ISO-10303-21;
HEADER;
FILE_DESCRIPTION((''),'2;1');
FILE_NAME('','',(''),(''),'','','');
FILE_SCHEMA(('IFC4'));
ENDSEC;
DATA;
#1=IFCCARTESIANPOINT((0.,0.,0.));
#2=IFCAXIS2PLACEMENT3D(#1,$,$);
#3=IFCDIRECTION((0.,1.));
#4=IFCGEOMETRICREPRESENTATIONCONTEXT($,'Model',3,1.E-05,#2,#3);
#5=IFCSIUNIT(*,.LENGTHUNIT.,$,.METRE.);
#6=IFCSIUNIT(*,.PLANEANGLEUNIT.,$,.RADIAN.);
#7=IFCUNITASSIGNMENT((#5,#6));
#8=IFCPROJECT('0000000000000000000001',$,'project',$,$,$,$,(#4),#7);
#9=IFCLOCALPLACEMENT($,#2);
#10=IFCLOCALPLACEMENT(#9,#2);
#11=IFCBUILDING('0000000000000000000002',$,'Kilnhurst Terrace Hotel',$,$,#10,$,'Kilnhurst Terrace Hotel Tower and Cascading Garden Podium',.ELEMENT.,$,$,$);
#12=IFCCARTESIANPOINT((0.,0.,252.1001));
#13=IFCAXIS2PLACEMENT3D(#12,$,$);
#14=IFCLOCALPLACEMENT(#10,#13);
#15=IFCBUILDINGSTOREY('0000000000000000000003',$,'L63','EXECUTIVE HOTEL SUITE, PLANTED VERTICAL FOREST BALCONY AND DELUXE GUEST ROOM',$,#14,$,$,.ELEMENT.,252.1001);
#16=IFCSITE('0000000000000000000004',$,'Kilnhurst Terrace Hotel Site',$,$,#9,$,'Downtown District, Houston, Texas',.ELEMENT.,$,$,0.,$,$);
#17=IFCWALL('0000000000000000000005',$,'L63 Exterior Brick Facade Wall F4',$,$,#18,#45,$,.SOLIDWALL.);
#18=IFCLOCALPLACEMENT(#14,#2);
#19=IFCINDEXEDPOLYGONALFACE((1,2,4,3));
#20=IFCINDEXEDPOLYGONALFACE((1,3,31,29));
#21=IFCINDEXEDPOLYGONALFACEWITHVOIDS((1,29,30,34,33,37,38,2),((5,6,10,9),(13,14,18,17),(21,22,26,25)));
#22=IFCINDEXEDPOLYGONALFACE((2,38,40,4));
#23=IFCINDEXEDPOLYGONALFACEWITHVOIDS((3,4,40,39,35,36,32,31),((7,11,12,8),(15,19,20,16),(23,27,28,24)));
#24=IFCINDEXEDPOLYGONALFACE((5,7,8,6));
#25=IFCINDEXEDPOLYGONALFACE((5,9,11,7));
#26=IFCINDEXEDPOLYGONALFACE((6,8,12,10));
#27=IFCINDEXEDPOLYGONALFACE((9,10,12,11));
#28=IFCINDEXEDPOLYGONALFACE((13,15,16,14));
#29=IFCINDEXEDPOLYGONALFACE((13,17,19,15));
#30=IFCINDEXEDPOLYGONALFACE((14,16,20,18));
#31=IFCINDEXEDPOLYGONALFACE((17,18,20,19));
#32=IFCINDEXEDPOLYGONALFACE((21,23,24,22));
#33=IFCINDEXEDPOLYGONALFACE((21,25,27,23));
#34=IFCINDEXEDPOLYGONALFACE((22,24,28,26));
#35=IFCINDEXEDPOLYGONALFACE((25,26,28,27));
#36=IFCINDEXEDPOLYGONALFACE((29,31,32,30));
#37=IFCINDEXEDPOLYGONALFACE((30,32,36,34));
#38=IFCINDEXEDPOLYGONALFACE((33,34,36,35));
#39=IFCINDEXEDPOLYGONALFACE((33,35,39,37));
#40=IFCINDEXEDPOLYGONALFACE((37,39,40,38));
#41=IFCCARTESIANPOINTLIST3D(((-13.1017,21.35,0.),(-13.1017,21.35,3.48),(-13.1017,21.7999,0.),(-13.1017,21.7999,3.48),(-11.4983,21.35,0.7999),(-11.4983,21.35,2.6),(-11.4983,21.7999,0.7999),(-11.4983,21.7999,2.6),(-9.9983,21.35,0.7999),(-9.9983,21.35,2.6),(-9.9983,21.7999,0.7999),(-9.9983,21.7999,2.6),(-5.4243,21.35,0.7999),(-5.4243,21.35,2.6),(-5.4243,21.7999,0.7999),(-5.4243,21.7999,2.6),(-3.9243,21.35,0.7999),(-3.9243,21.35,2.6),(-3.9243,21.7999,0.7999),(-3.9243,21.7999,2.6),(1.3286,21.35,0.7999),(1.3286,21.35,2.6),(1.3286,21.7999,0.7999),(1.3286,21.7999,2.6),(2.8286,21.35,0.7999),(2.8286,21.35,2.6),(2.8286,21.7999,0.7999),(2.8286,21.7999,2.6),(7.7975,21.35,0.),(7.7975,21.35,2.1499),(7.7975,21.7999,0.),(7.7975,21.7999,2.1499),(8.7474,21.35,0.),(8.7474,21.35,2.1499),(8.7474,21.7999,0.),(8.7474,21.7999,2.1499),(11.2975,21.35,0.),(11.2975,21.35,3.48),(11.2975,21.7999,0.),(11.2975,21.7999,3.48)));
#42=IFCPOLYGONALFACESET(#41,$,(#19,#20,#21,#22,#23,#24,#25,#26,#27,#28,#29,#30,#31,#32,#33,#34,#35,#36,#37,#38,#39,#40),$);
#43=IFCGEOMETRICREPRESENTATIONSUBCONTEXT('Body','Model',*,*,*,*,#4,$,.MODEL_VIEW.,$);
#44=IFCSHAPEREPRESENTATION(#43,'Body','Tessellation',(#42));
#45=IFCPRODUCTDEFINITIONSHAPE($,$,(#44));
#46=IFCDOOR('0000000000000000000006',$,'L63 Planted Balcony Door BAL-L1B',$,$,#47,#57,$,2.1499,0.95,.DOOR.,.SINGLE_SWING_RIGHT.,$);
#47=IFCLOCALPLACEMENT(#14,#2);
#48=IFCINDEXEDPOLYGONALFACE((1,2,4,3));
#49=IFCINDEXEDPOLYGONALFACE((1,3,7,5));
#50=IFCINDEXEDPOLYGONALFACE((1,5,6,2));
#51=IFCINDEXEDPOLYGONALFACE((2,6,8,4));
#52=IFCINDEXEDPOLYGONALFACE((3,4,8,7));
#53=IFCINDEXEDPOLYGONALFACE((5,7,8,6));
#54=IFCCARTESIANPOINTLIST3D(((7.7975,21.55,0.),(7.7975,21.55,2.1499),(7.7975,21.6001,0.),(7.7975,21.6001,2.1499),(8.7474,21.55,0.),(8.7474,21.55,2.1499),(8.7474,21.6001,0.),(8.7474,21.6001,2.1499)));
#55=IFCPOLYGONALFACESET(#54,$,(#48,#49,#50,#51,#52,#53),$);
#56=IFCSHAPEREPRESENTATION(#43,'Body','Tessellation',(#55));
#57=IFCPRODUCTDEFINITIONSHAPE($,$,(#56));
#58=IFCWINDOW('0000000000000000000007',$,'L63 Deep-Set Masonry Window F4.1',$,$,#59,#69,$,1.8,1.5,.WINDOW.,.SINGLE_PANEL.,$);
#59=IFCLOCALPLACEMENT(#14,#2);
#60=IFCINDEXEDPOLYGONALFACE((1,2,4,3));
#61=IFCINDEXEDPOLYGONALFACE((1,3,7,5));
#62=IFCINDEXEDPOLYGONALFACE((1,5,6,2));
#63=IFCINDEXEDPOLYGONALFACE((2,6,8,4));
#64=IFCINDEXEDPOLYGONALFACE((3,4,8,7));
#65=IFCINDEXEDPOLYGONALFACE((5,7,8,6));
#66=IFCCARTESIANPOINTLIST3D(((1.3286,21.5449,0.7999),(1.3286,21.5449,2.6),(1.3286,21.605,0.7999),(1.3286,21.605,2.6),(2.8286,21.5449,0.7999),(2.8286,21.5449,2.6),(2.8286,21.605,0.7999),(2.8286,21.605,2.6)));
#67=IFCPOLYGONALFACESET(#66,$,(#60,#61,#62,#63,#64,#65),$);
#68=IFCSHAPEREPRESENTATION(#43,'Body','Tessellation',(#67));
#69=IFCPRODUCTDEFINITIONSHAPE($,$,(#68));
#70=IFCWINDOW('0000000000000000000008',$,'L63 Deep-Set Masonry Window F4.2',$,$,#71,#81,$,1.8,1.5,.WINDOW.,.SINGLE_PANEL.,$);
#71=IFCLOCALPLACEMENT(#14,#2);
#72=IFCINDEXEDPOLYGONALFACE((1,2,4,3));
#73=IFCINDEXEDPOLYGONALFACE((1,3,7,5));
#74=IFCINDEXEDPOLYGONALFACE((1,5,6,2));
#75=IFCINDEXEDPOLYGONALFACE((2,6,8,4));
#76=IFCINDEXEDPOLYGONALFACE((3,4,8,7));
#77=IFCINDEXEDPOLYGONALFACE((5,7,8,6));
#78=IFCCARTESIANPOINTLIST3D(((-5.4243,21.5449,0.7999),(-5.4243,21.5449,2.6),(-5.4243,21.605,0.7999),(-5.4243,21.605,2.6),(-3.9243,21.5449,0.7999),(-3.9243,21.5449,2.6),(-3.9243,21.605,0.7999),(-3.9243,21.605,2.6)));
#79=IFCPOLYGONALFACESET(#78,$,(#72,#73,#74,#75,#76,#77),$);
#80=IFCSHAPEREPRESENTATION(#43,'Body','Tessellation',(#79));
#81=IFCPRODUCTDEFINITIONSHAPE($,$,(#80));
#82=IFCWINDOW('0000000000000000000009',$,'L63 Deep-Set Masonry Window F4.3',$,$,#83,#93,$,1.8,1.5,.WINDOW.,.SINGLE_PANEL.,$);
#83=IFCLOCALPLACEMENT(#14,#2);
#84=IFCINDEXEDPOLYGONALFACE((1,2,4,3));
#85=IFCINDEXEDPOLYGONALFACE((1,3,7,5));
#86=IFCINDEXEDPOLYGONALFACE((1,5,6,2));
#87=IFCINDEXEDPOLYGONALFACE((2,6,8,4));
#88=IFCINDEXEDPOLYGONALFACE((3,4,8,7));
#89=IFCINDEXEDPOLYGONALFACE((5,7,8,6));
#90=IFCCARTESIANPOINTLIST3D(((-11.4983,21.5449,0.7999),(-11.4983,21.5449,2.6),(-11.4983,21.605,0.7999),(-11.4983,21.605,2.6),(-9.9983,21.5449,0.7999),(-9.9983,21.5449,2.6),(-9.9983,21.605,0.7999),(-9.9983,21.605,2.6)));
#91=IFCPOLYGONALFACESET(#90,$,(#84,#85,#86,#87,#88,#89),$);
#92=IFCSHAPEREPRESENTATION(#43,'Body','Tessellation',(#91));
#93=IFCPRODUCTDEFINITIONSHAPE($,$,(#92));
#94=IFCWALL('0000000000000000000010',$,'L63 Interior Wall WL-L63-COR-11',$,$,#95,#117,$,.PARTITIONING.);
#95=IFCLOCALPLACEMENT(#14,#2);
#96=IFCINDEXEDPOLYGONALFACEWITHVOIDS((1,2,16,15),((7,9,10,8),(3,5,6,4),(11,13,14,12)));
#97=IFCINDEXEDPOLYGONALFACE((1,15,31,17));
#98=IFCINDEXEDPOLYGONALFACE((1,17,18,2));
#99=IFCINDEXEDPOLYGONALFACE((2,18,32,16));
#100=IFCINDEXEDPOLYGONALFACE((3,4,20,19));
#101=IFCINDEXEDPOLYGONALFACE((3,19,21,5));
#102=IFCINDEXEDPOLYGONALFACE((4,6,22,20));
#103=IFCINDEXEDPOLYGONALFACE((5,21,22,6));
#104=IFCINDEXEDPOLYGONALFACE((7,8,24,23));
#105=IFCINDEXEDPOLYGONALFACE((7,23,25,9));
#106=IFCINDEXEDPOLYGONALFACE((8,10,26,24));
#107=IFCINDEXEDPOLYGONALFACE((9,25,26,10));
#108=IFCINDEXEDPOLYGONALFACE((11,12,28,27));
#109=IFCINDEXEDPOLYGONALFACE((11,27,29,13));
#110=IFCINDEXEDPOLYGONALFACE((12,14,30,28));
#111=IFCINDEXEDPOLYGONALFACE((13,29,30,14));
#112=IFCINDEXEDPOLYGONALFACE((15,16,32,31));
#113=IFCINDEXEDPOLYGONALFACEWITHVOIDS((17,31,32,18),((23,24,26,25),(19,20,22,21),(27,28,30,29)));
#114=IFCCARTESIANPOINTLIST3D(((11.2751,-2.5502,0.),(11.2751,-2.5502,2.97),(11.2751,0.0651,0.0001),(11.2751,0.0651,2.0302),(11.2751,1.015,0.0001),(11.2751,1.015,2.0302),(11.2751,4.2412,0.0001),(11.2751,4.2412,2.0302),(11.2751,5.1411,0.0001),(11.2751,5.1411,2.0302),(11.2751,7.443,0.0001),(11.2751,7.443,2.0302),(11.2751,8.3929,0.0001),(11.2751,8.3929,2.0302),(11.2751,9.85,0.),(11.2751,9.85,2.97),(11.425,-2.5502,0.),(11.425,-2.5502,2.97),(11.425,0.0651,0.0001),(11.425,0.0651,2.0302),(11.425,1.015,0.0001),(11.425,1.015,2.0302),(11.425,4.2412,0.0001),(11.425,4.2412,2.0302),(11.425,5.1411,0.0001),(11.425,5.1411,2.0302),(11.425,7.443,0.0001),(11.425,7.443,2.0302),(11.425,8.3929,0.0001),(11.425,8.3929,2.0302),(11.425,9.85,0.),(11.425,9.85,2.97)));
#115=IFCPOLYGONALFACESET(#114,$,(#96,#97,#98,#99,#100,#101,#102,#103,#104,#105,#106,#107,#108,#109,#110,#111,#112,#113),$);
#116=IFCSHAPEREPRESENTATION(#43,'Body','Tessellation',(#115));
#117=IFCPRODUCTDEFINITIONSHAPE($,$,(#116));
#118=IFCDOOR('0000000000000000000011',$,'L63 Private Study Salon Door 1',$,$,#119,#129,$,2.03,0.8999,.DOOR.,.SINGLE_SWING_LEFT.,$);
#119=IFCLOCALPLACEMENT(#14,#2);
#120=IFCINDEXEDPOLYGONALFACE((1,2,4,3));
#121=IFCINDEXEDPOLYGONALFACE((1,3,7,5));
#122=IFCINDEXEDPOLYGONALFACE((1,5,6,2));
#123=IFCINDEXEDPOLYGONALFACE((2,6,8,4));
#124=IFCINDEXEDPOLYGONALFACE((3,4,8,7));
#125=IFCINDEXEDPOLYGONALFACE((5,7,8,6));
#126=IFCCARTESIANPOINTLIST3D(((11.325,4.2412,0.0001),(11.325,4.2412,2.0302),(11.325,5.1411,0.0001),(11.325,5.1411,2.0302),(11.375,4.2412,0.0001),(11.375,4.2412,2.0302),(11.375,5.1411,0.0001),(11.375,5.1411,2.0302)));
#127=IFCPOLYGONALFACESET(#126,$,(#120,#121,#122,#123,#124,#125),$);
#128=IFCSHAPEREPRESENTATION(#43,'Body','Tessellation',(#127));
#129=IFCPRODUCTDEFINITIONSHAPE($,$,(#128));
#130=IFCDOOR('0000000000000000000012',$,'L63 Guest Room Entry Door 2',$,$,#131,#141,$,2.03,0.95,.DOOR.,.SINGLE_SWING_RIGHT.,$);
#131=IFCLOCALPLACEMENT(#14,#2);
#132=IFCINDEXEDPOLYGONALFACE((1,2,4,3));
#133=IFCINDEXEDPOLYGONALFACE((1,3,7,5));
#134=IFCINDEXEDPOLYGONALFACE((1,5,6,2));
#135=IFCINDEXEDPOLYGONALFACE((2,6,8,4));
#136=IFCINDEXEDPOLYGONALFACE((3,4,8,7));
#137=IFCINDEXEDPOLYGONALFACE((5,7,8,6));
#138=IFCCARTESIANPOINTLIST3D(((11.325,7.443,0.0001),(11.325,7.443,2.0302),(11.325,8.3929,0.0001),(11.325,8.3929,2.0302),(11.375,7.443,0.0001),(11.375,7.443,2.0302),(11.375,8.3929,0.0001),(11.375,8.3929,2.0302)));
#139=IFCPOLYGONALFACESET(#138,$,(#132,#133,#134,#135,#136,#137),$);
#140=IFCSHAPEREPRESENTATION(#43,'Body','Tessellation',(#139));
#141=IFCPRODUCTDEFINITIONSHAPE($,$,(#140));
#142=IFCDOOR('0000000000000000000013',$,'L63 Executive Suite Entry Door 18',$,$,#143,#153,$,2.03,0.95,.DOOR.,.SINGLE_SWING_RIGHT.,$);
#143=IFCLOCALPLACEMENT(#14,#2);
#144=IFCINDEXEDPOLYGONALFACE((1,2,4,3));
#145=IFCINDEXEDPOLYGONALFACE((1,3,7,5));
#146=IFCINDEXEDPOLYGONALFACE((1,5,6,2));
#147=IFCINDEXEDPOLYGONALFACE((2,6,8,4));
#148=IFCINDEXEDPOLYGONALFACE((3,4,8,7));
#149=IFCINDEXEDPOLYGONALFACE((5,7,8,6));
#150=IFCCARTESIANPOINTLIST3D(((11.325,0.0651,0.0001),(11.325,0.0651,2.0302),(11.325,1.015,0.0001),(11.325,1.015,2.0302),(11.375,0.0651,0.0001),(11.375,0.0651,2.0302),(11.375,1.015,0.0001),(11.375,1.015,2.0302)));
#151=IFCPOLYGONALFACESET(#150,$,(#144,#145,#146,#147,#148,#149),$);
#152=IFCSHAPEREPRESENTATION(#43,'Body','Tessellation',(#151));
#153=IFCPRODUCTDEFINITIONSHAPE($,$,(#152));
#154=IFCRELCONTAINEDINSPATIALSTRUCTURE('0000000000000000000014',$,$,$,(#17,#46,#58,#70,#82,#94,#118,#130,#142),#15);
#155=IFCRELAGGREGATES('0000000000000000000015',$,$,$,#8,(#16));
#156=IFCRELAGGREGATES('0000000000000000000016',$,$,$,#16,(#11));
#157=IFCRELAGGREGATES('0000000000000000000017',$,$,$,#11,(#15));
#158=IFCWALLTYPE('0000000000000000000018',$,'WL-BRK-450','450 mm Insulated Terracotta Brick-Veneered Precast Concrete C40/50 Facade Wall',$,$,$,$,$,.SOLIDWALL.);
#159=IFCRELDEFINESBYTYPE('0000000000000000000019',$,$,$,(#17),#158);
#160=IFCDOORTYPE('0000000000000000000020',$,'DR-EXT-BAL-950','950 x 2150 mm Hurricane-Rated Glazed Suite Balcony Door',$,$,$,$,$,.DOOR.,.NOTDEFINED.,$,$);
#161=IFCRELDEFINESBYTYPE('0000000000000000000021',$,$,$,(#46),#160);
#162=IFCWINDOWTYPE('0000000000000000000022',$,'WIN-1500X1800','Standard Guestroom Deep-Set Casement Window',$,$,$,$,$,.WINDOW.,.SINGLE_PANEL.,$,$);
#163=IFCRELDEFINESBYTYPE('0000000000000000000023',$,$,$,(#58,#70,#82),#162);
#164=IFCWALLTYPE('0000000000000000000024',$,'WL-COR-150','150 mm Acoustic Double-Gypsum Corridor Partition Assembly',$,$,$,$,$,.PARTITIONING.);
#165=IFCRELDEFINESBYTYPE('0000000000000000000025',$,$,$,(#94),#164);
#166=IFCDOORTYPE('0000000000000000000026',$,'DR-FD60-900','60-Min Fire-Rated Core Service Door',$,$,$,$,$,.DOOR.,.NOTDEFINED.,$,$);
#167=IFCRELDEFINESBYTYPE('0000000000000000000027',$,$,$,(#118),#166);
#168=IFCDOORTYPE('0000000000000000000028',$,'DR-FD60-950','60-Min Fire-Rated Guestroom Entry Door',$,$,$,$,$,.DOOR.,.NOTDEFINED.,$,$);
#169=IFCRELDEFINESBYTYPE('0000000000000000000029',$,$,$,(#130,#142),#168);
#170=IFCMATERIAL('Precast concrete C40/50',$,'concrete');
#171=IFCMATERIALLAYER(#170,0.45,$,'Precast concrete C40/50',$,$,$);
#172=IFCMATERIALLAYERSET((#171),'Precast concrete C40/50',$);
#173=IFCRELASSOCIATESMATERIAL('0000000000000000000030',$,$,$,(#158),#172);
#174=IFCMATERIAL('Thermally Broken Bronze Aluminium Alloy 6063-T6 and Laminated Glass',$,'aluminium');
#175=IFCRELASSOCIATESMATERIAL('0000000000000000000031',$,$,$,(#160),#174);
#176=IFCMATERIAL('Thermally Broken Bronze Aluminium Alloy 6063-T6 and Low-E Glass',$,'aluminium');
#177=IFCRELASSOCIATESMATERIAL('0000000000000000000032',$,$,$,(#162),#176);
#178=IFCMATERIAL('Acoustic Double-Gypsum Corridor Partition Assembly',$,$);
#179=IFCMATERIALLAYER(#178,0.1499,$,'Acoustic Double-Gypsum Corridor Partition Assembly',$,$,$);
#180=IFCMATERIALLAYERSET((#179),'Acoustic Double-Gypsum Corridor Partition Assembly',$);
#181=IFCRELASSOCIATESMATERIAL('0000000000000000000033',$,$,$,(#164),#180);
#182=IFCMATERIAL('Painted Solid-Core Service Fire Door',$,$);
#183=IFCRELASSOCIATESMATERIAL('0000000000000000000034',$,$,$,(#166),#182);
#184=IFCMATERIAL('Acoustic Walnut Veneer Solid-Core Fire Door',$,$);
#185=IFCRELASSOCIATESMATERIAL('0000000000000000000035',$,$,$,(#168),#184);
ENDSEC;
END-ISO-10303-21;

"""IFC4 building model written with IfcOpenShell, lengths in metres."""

from ifc_helpers import new_model, si_unit, direction, frame, frame_2d, origin, place, context, subcontext, project, spatial, rectangle, extrude, material, layer, layer_set, type_object, element, fill, save


model = new_model("IFC4")

# Units and contexts
model_context = context("Model", 3, precision=1e-05, world=origin(), true_north=direction((0.0, 1.0)))
body_context = subcontext(model_context, "Body", "Model", "MODEL_VIEW")
ifc_project = project(units=[si_unit("LENGTHUNIT", "METRE"), si_unit("PLANEANGLEUNIT", "RADIAN")], contexts=[model_context])

# Site, building, storey
site_placement = place(None, origin())
site = spatial("IfcSite", under=ifc_project, at=site_placement, Name="Kilnhurst Terrace Hotel Site", LongName="Downtown District, Houston, Texas", CompositionType="ELEMENT", RefElevation=0.0)
building_placement = place(site_placement, origin())
building = spatial("IfcBuilding", under=site, at=building_placement, Name="Kilnhurst Terrace Hotel", LongName="Kilnhurst Terrace Hotel Tower and Cascading Garden Podium", CompositionType="ELEMENT")
storey_placement = place(building_placement, frame((0.0, 0.0, 252.1001)))
storey = spatial("IfcBuildingStorey", under=building, at=storey_placement, Name="L63", Description="EXECUTIVE HOTEL SUITE, PLANTED VERTICAL FOREST BALCONY AND DELUXE GUEST ROOM", CompositionType="ELEMENT", Elevation=252.1001)

# Shared definitions
ifc_material_1 = material(Name="Precast concrete C40/50", Category="concrete")
ifc_layer_1 = layer(ifc_material_1, 0.45, Name="Precast concrete C40/50")
ifc_layer_set_1 = layer_set([ifc_layer_1], Name="Precast concrete C40/50")
wall_type_1 = type_object("IfcWallType", Name="WL-BRK-450", Description="450 mm Insulated Terracotta Brick-Veneered Precast Concrete C40/50 Facade Wall", PredefinedType="SOLIDWALL", material=ifc_layer_set_1)

# Wall, openings, door, windows
wall_1_placement = place(storey_placement, frame((11.2976, 21.575, 0.0), z_axis=(0.0, 0.0, 1.0), x_axis=(-1.0, 0.0, 0.0)))
wall_1 = element("IfcWall", 1, at=wall_1_placement, inside=storey, type_object=wall_type_1, Name="L63 Exterior Brick Facade Wall F4", PredefinedType="SOLIDWALL", context=body_context, shape_type="SweptSolid", body=[
    extrude(rectangle(XDim=24.3992, YDim=0.45, at=frame_2d((12.1997, 0.0))), origin(), (0.0, 0.0, 1.0), 3.48),
])
opening_1_placement = place(wall_1_placement, frame((2.55, 0.0, 0.0)))
opening_1 = element("IfcOpeningElement", 2, at=opening_1_placement, cuts=wall_1, PredefinedType="OPENING", context=body_context, shape_type="SweptSolid", body=[
    extrude(rectangle(XDim=0.95, YDim=2.1499, at=frame_2d((0.4751, 1.075))), frame((0.0, 0.2349, 0.0), z_axis=(0.0, -1.0, 0.0), x_axis=(1.0, 0.0, 0.0)), (0.0, 0.0, 1.0), 0.47),
])
opening_2_placement = place(wall_1_placement, frame((8.469, 0.0, 0.8)))
opening_2 = element("IfcOpeningElement", 3, at=opening_2_placement, cuts=wall_1, PredefinedType="OPENING", context=body_context, shape_type="SweptSolid", body=[
    extrude(rectangle(XDim=1.5, YDim=1.8, at=frame_2d((0.75, 0.8999))), frame((0.0, 0.2349, 0.0), z_axis=(0.0, -1.0, 0.0), x_axis=(1.0, 0.0, 0.0)), (0.0, 0.0, 1.0), 0.47),
])
opening_3_placement = place(wall_1_placement, frame((15.2219, 0.0, 0.8)))
opening_3 = element("IfcOpeningElement", 4, at=opening_3_placement, cuts=wall_1, PredefinedType="OPENING", context=body_context, shape_type="SweptSolid", body=[
    extrude(rectangle(XDim=1.5, YDim=1.8, at=frame_2d((0.75, 0.8999))), frame((0.0, 0.2349, 0.0), z_axis=(0.0, -1.0, 0.0), x_axis=(1.0, 0.0, 0.0)), (0.0, 0.0, 1.0), 0.47),
])
opening_4_placement = place(wall_1_placement, frame((21.2959, 0.0, 0.8)))
opening_4 = element("IfcOpeningElement", 5, at=opening_4_placement, cuts=wall_1, PredefinedType="OPENING", context=body_context, shape_type="SweptSolid", body=[
    extrude(rectangle(XDim=1.5, YDim=1.8, at=frame_2d((0.75, 0.8999))), frame((0.0, 0.2349, 0.0), z_axis=(0.0, -1.0, 0.0), x_axis=(1.0, 0.0, 0.0)), (0.0, 0.0, 1.0), 0.47),
])
ifc_material_2 = material(Name="Thermally Broken Bronze Aluminium Alloy 6063-T6 and Laminated Glass", Category="aluminium")
door_type_1 = type_object("IfcDoorType", Name="DR-EXT-BAL-950", Description="950 x 2150 mm Hurricane-Rated Glazed Suite Balcony Door", OperationType="NOTDEFINED", PredefinedType="DOOR", material=ifc_material_2)
door_1_placement = place(opening_1_placement, origin())
door_1 = element("IfcDoor", 6, at=door_1_placement, inside=storey, type_object=door_type_1, Name="L63 Planted Balcony Door BAL-L1B", OperationType="SINGLE_SWING_RIGHT", OverallHeight=2.1499, OverallWidth=0.95, PredefinedType="DOOR", context=body_context, shape_type="SweptSolid", body=[
    extrude(rectangle(XDim=0.95, YDim=2.1499, at=frame_2d((0.4751, 1.075))), frame((0.0, 0.0249, 0.0), z_axis=(0.0, -1.0, 0.0), x_axis=(1.0, 0.0, 0.0)), (0.0, 0.0, 1.0), 0.05),
])
fill(opening_1, door_1)
ifc_material_3 = material(Name="Thermally Broken Bronze Aluminium Alloy 6063-T6 and Low-E Glass", Category="aluminium")
window_type = type_object("IfcWindowType", Name="WIN-1500X1800", Description="Standard Guestroom Deep-Set Casement Window", PartitioningType="SINGLE_PANEL", PredefinedType="WINDOW", material=ifc_material_3)
window_1_placement = place(opening_2_placement, origin())
window_1 = element("IfcWindow", 7, at=window_1_placement, inside=storey, type_object=window_type, Name="L63 Deep-Set Masonry Window F4.1", OverallHeight=1.8, OverallWidth=1.5, PartitioningType="SINGLE_PANEL", PredefinedType="WINDOW", context=body_context, shape_type="SweptSolid", body=[
    extrude(rectangle(XDim=1.5, YDim=1.8, at=frame_2d((0.75, 0.8999))), frame((0.0, 0.03, 0.0), z_axis=(0.0, -1.0, 0.0), x_axis=(1.0, 0.0, 0.0)), (0.0, 0.0, 1.0), 0.0601),
])
fill(opening_2, window_1)
window_2_placement = place(opening_3_placement, origin())
window_2 = element("IfcWindow", 8, at=window_2_placement, inside=storey, type_object=window_type, Name="L63 Deep-Set Masonry Window F4.2", OverallHeight=1.8, OverallWidth=1.5, PartitioningType="SINGLE_PANEL", PredefinedType="WINDOW", context=body_context, shape_type="SweptSolid", body=[
    extrude(rectangle(XDim=1.5, YDim=1.8, at=frame_2d((0.75, 0.8999))), frame((0.0, 0.03, 0.0), z_axis=(0.0, -1.0, 0.0), x_axis=(1.0, 0.0, 0.0)), (0.0, 0.0, 1.0), 0.0601),
])
fill(opening_3, window_2)
window_3_placement = place(opening_4_placement, origin())
window_3 = element("IfcWindow", 9, at=window_3_placement, inside=storey, type_object=window_type, Name="L63 Deep-Set Masonry Window F4.3", OverallHeight=1.8, OverallWidth=1.5, PartitioningType="SINGLE_PANEL", PredefinedType="WINDOW", context=body_context, shape_type="SweptSolid", body=[
    extrude(rectangle(XDim=1.5, YDim=1.8, at=frame_2d((0.75, 0.8999))), frame((0.0, 0.03, 0.0), z_axis=(0.0, -1.0, 0.0), x_axis=(1.0, 0.0, 0.0)), (0.0, 0.0, 1.0), 0.0601),
])
fill(opening_4, window_3)

# Wall, openings, doors
ifc_material_4 = material(Name="Acoustic Double-Gypsum Corridor Partition Assembly")
ifc_layer_2 = layer(ifc_material_4, 0.1499, Name="Acoustic Double-Gypsum Corridor Partition Assembly")
ifc_layer_set_2 = layer_set([ifc_layer_2], Name="Acoustic Double-Gypsum Corridor Partition Assembly")
wall_type_2 = type_object("IfcWallType", Name="WL-COR-150", Description="150 mm Acoustic Double-Gypsum Corridor Partition Assembly", PredefinedType="PARTITIONING", material=ifc_layer_set_2)
wall_2_placement = place(storey_placement, frame((11.3501, 9.8501, 0.0), z_axis=(0.0, 0.0, 1.0), x_axis=(0.0, -1.0, 0.0)))
wall_2 = element("IfcWall", 10, at=wall_2_placement, inside=storey, type_object=wall_type_2, Name="L63 Interior Wall WL-L63-COR-11", PredefinedType="PARTITIONING", context=body_context, shape_type="SweptSolid", body=[
    extrude(rectangle(XDim=12.4001, YDim=0.1499, at=frame_2d((6.2002, 0.0))), origin(), (0.0, 0.0, 1.0), 2.97),
])
opening_5_placement = place(wall_2_placement, frame((4.709, 0.0, 0.0)))
opening_5 = element("IfcOpeningElement", 11, at=opening_5_placement, cuts=wall_2, PredefinedType="OPENING", context=body_context, shape_type="SweptSolid", body=[
    extrude(rectangle(XDim=0.8999, YDim=2.03, at=frame_2d((0.45, 1.0151))), frame((0.0, 0.085, 0.0), z_axis=(0.0, -1.0, 0.0), x_axis=(1.0, 0.0, 0.0)), (0.0, 0.0, 1.0), 0.1699),
])
opening_6_placement = place(wall_2_placement, frame((1.457, 0.0, 0.0)))
opening_6 = element("IfcOpeningElement", 12, at=opening_6_placement, cuts=wall_2, PredefinedType="OPENING", context=body_context, shape_type="SweptSolid", body=[
    extrude(rectangle(XDim=0.95, YDim=2.03, at=frame_2d((0.4751, 1.0151))), frame((0.0, 0.085, 0.0), z_axis=(0.0, -1.0, 0.0), x_axis=(1.0, 0.0, 0.0)), (0.0, 0.0, 1.0), 0.1699),
])
opening_7_placement = place(wall_2_placement, frame((8.835, 0.0, 0.0)))
opening_7 = element("IfcOpeningElement", 13, at=opening_7_placement, cuts=wall_2, PredefinedType="OPENING", context=body_context, shape_type="SweptSolid", body=[
    extrude(rectangle(XDim=0.95, YDim=2.03, at=frame_2d((0.4751, 1.0151))), frame((0.0, 0.085, 0.0), z_axis=(0.0, -1.0, 0.0), x_axis=(1.0, 0.0, 0.0)), (0.0, 0.0, 1.0), 0.1699),
])
ifc_material_5 = material(Name="Painted Solid-Core Service Fire Door")
door_type_2 = type_object("IfcDoorType", Name="DR-FD60-900", Description="60-Min Fire-Rated Core Service Door", OperationType="NOTDEFINED", PredefinedType="DOOR", material=ifc_material_5)
door_2_placement = place(opening_5_placement, origin())
door_2 = element("IfcDoor", 14, at=door_2_placement, inside=storey, type_object=door_type_2, Name="L63 Private Study Salon Door 1", OperationType="SINGLE_SWING_LEFT", OverallHeight=2.03, OverallWidth=0.8999, PredefinedType="DOOR", context=body_context, shape_type="SweptSolid", body=[
    extrude(rectangle(XDim=0.8999, YDim=2.03, at=frame_2d((0.45, 1.0151))), frame((0.0, 0.0249, 0.0), z_axis=(0.0, -1.0, 0.0), x_axis=(1.0, 0.0, 0.0)), (0.0, 0.0, 1.0), 0.05),
])
fill(opening_5, door_2)
ifc_material_6 = material(Name="Acoustic Walnut Veneer Solid-Core Fire Door")
door_type_3 = type_object("IfcDoorType", Name="DR-FD60-950", Description="60-Min Fire-Rated Guestroom Entry Door", OperationType="NOTDEFINED", PredefinedType="DOOR", material=ifc_material_6)
door_3_placement = place(opening_6_placement, origin())
door_3 = element("IfcDoor", 15, at=door_3_placement, inside=storey, type_object=door_type_3, Name="L63 Guest Room Entry Door 2", OperationType="SINGLE_SWING_RIGHT", OverallHeight=2.03, OverallWidth=0.95, PredefinedType="DOOR", context=body_context, shape_type="SweptSolid", body=[
    extrude(rectangle(XDim=0.95, YDim=2.03, at=frame_2d((0.4751, 1.0151))), frame((0.0, 0.0249, 0.0), z_axis=(0.0, -1.0, 0.0), x_axis=(1.0, 0.0, 0.0)), (0.0, 0.0, 1.0), 0.05),
])
fill(opening_6, door_3)
door_4_placement = place(opening_7_placement, origin())
door_4 = element("IfcDoor", 16, at=door_4_placement, inside=storey, type_object=door_type_3, Name="L63 Executive Suite Entry Door 18", OperationType="SINGLE_SWING_RIGHT", OverallHeight=2.03, OverallWidth=0.95, PredefinedType="DOOR", context=body_context, shape_type="SweptSolid", body=[
    extrude(rectangle(XDim=0.95, YDim=2.03, at=frame_2d((0.4751, 1.0151))), frame((0.0, 0.0249, 0.0), z_axis=(0.0, -1.0, 0.0), x_axis=(1.0, 0.0, 0.0)), (0.0, 0.0, 1.0), 0.05),
])
fill(opening_7, door_4)

save(model, "model.ifc")
